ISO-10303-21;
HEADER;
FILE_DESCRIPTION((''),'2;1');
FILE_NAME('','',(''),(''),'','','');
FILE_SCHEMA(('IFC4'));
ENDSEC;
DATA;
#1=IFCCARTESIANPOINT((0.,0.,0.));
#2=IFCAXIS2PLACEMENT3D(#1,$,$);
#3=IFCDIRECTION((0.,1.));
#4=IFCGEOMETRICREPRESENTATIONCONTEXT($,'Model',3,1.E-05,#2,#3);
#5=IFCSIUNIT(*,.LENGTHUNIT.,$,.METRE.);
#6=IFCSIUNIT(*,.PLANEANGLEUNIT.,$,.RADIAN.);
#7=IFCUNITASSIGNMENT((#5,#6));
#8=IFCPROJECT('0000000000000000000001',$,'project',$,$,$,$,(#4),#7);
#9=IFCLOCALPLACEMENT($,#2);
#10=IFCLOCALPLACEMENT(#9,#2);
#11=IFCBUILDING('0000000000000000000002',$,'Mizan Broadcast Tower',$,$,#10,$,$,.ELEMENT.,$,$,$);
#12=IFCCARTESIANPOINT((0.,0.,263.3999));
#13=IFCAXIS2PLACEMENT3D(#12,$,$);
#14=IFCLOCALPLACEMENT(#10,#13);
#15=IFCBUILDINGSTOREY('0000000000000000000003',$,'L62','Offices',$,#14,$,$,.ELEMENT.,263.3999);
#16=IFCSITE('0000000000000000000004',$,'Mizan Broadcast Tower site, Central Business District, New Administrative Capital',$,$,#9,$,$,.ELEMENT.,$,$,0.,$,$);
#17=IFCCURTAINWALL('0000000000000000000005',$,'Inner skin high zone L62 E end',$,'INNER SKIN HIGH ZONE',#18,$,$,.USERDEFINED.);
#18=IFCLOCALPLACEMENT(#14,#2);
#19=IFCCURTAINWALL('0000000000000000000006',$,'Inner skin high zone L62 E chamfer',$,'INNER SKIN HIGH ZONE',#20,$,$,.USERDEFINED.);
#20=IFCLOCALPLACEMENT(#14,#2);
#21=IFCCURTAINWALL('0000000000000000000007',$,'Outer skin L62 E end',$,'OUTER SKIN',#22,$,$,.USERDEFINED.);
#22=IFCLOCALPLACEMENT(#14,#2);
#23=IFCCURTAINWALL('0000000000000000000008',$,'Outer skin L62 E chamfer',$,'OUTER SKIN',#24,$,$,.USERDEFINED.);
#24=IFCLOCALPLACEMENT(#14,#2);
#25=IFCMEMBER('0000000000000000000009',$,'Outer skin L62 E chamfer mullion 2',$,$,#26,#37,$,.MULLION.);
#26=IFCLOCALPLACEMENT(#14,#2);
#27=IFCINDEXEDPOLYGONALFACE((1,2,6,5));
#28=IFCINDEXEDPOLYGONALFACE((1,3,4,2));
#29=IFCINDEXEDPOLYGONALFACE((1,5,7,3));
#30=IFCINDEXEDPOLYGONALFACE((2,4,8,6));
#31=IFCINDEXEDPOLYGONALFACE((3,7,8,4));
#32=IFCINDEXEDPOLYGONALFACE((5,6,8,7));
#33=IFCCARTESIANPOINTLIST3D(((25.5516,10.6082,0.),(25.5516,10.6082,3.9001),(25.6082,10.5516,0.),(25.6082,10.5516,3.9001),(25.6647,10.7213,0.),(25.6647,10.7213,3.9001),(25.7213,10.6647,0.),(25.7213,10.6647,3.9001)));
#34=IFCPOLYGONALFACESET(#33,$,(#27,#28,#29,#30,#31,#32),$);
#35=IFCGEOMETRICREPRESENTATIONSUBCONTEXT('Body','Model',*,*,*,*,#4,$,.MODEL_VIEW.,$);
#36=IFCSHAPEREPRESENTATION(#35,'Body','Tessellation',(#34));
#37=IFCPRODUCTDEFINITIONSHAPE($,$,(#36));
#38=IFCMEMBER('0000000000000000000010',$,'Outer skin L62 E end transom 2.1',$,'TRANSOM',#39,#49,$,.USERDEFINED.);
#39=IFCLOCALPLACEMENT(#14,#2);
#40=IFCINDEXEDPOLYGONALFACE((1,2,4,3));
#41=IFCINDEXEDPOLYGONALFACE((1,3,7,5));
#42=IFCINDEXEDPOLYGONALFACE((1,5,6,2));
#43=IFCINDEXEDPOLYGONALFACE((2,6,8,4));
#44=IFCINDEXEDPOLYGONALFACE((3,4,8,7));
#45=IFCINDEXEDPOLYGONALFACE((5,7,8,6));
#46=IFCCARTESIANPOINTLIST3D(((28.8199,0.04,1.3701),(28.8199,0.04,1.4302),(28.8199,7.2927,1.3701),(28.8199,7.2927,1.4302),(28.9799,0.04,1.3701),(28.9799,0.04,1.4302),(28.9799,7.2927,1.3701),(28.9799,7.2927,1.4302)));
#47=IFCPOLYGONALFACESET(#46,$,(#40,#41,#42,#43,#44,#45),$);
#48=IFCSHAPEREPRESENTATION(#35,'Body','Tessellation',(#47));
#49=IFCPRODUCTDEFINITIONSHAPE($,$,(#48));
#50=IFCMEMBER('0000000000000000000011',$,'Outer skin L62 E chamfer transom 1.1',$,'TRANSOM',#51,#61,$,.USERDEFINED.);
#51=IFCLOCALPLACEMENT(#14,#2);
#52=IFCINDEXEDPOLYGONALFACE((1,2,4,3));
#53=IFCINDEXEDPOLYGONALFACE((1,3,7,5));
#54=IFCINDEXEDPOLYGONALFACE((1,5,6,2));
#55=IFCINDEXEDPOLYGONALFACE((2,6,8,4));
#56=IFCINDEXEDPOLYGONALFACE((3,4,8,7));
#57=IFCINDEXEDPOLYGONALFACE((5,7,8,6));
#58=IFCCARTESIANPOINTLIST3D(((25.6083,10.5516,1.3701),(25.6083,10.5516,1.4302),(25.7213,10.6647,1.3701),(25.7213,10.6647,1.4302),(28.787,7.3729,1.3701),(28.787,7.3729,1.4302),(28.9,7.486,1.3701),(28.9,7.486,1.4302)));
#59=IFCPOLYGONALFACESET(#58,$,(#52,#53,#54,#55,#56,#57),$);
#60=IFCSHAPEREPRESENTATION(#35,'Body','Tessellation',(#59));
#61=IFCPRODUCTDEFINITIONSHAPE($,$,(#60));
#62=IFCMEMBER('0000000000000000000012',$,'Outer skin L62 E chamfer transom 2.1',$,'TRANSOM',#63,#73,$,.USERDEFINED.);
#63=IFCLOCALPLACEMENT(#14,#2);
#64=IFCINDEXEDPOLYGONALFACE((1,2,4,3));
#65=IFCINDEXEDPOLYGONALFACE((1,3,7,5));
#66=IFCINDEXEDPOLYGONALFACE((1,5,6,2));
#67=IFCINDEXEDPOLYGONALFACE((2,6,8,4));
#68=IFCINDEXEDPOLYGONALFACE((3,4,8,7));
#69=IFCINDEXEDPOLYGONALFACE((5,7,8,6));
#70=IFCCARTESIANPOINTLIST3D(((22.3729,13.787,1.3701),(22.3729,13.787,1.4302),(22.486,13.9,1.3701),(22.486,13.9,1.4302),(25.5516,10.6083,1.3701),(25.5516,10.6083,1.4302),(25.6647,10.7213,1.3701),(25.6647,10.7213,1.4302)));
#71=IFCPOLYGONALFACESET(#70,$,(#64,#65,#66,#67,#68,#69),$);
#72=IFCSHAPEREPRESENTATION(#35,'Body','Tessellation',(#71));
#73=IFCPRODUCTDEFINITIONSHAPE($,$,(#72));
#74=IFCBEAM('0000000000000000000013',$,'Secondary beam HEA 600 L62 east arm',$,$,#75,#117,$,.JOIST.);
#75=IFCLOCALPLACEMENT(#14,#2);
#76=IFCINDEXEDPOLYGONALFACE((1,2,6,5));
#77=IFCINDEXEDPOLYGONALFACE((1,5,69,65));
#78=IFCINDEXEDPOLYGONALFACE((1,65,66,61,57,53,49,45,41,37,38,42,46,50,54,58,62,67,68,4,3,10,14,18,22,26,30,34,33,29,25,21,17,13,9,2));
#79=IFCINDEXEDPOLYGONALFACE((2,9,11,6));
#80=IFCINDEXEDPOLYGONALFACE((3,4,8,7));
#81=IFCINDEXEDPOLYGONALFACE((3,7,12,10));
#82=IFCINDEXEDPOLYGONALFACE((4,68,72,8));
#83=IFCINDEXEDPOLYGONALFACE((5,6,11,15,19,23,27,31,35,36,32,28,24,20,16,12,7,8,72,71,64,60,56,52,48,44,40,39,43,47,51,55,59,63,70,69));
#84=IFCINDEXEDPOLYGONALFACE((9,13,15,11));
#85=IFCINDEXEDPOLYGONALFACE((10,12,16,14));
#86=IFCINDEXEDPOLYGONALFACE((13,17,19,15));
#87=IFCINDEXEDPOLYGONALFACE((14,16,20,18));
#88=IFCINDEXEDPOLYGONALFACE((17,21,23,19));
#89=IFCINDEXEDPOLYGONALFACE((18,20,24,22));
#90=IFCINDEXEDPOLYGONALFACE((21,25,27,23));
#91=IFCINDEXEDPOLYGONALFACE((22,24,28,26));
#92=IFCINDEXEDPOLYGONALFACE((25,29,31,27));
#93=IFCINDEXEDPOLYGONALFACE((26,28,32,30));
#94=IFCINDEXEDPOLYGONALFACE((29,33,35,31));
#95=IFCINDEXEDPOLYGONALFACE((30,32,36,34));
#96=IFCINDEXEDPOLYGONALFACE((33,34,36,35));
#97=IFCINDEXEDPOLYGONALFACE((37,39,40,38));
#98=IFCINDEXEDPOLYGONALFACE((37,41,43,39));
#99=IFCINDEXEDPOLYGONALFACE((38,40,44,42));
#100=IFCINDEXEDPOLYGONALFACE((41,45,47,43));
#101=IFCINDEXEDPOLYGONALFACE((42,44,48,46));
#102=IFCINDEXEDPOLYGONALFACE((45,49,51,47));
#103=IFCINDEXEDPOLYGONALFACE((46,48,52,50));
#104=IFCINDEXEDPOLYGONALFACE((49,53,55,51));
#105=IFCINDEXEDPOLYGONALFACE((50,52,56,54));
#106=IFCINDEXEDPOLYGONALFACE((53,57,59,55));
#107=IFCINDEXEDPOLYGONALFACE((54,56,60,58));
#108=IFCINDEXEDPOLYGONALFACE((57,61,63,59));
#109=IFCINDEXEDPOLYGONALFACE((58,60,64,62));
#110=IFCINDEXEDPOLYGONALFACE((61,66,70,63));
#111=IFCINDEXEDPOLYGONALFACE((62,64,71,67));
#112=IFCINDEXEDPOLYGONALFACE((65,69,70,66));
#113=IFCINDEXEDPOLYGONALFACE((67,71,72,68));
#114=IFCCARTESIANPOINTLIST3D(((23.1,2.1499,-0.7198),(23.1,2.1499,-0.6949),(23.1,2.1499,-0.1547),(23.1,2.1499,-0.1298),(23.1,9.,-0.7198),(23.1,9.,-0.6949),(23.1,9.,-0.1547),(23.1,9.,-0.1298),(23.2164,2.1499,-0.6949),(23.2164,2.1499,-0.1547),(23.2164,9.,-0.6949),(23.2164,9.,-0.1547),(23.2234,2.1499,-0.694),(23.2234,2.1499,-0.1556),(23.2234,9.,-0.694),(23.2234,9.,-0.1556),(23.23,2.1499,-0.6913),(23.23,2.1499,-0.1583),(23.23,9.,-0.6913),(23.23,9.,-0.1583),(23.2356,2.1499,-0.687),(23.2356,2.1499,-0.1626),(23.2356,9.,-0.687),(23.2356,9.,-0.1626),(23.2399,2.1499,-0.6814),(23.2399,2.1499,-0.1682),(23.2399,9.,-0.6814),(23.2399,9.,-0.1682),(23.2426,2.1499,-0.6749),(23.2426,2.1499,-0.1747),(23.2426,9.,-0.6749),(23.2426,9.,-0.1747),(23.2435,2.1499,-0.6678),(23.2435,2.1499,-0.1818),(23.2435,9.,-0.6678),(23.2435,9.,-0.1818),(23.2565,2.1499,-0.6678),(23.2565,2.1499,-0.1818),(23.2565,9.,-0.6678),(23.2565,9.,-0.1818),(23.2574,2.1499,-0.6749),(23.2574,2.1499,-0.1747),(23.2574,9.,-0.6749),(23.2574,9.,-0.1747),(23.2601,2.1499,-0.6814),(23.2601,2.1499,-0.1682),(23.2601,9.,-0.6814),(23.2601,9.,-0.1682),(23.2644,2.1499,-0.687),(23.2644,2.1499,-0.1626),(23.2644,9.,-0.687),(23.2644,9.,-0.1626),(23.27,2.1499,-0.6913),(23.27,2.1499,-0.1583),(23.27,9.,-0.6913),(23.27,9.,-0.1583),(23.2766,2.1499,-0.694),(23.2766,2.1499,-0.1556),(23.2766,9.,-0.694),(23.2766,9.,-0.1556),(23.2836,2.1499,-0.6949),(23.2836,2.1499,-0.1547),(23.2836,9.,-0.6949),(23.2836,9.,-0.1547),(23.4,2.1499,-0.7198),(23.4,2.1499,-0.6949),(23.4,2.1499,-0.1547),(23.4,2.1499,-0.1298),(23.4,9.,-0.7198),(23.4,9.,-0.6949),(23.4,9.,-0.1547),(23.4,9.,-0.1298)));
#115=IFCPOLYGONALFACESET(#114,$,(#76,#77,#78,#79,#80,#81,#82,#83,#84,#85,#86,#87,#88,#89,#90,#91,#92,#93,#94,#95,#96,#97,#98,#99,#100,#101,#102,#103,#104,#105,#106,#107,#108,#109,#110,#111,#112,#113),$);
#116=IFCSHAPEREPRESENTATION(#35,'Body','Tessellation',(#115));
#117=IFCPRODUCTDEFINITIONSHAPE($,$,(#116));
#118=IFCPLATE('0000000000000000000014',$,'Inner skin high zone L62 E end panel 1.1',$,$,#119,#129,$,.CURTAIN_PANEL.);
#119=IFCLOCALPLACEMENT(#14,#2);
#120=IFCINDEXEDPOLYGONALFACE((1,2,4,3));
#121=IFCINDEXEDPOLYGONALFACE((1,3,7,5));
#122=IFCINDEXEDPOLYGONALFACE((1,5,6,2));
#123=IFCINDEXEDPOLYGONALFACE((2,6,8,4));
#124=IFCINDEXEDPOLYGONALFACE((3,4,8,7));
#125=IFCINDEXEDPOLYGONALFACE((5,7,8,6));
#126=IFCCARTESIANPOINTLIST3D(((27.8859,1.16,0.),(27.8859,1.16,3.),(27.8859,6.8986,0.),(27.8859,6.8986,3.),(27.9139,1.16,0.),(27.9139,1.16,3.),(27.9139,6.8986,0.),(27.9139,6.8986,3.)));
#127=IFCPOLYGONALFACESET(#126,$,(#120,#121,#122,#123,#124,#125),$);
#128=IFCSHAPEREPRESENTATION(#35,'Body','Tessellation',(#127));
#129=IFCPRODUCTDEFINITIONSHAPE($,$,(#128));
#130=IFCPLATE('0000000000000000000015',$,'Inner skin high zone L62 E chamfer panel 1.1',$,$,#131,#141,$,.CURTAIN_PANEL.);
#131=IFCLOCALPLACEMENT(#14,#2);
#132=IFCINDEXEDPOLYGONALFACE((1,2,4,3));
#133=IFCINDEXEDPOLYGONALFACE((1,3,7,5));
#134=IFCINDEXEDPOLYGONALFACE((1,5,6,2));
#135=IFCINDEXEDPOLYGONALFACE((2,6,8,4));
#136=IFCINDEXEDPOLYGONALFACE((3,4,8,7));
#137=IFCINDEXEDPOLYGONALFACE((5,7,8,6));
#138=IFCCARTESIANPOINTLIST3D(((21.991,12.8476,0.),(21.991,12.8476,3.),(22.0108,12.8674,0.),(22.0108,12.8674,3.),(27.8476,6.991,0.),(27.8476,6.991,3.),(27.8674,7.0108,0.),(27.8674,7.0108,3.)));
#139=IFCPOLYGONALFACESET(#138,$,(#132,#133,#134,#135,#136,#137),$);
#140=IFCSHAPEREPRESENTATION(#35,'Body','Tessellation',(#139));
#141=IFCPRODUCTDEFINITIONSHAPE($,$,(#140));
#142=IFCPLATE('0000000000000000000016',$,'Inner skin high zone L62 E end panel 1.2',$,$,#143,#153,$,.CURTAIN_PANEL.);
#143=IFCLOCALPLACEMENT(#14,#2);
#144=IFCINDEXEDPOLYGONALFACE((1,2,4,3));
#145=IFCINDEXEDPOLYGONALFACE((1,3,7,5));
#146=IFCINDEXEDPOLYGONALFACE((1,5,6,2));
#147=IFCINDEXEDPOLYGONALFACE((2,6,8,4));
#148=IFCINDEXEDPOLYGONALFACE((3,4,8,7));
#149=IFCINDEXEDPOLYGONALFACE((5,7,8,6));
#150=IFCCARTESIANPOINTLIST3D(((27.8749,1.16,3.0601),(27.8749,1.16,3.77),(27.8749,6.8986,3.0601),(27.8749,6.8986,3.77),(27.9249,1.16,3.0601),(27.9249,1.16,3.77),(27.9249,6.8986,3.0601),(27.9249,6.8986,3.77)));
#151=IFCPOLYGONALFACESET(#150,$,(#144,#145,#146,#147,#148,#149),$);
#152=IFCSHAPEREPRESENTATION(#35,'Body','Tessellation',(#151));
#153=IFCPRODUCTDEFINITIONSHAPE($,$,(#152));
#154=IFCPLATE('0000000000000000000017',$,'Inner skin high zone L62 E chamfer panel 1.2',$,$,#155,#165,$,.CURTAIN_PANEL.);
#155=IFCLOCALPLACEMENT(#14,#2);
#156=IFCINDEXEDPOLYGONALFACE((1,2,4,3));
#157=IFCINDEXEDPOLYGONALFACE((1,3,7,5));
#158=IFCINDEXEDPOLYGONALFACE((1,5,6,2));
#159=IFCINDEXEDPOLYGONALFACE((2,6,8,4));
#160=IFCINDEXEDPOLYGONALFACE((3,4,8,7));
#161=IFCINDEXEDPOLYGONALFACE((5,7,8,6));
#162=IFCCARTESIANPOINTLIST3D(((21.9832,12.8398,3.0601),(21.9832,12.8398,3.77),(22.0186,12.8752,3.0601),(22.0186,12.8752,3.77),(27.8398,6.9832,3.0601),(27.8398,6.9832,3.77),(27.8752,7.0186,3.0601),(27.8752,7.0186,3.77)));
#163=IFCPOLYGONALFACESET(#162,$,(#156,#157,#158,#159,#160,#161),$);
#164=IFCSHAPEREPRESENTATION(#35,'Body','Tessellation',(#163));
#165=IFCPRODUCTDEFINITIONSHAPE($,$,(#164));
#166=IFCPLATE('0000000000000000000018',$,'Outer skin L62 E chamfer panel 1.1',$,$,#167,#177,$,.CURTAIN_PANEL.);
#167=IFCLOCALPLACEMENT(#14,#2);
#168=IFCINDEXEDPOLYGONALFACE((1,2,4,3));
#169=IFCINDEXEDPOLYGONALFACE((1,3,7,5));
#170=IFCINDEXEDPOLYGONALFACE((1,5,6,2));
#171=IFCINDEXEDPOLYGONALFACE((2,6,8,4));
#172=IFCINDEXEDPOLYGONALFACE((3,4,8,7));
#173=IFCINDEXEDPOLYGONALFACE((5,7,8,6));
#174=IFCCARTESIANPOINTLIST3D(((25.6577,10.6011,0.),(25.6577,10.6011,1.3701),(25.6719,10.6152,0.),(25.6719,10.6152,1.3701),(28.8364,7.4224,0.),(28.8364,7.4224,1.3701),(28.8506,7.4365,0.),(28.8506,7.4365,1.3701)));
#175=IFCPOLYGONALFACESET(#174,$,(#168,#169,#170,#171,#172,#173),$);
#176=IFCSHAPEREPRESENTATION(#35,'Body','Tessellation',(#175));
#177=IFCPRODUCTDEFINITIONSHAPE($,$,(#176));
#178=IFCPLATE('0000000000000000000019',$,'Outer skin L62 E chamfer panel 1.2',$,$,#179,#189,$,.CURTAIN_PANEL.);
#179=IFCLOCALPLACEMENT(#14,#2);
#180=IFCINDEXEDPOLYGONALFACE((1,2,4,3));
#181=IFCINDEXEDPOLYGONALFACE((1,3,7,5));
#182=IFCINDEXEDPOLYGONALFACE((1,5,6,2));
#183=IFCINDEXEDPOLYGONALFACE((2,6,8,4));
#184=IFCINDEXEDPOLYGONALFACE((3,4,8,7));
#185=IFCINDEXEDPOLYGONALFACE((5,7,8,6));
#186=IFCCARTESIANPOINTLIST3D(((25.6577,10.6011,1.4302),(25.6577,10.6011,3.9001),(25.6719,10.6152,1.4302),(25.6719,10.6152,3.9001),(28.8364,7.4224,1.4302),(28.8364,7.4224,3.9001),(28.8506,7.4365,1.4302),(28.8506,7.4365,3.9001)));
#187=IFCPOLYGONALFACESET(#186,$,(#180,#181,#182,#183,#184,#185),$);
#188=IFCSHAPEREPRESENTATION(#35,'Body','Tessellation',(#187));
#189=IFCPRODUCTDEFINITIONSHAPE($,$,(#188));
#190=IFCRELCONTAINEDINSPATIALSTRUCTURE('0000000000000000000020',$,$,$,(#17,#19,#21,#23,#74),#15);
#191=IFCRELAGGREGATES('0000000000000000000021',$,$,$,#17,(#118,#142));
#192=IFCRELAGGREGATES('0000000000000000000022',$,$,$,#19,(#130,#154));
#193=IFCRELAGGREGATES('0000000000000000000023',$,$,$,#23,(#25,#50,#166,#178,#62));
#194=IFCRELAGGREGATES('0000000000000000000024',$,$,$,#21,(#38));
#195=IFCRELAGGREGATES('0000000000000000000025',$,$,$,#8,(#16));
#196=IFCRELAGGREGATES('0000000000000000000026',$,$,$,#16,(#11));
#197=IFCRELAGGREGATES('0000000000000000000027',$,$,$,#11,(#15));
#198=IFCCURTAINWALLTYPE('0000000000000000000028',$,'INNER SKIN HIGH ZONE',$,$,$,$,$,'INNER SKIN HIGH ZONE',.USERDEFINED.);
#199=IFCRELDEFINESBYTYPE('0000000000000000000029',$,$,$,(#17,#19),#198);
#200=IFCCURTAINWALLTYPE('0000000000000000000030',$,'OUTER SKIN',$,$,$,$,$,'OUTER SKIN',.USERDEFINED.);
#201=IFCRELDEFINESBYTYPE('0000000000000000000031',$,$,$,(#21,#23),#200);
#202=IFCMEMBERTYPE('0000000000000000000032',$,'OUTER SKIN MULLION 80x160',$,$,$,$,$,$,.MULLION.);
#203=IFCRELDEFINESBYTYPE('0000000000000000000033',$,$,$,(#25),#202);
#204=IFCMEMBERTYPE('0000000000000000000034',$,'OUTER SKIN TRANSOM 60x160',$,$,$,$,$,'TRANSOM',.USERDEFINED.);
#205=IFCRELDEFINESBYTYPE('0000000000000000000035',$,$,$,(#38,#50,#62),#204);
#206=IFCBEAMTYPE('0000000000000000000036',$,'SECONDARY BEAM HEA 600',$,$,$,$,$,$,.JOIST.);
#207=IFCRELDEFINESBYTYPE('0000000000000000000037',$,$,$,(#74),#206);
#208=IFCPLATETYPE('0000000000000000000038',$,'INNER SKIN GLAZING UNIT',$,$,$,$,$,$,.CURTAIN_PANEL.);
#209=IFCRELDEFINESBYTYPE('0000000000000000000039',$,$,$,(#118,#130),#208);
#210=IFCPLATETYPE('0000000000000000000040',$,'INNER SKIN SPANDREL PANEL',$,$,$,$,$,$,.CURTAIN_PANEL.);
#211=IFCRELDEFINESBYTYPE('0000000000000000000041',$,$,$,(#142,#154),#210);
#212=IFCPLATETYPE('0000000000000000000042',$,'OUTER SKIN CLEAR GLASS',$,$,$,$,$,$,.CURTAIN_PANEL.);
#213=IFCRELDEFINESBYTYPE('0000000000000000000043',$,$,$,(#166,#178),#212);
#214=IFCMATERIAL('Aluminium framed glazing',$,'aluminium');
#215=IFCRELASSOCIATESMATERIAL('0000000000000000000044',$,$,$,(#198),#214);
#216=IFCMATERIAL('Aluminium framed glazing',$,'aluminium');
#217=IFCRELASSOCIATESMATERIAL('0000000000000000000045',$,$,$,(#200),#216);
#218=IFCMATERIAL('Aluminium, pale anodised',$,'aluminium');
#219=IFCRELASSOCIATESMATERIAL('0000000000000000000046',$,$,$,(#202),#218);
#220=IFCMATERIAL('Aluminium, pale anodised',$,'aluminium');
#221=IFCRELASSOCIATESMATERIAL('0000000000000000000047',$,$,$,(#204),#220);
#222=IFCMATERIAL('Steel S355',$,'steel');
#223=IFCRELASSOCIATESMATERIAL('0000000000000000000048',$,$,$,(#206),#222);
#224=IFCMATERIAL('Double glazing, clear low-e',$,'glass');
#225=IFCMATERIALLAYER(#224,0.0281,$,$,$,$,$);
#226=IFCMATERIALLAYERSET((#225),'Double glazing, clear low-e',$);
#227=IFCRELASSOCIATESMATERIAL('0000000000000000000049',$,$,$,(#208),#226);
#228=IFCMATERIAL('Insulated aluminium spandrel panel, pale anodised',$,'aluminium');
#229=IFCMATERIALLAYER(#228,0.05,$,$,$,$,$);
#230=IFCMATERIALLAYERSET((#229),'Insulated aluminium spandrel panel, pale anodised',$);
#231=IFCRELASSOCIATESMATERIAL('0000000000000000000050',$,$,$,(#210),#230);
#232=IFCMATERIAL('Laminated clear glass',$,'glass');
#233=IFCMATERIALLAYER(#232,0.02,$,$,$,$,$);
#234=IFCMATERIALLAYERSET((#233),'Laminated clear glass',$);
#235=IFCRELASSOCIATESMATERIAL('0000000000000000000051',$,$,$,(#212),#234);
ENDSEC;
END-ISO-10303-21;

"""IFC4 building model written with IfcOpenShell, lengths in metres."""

from ifc_helpers import new_model, si_unit, direction, frame, origin, origin_2d, place, context, subcontext, project, spatial, rectangle, i_section, extrude, material, layer, layer_set, material_profile, profile_set, type_object, element, aggregate, save


model = new_model("IFC4")

# Units and contexts
model_context = context("Model", 3, precision=1e-05, world=origin(), true_north=direction((0.0, 1.0)))
body_context = subcontext(model_context, "Body", "Model", "MODEL_VIEW")
ifc_project = project(units=[si_unit("LENGTHUNIT", "METRE"), si_unit("PLANEANGLEUNIT", "RADIAN")], contexts=[model_context])

# Site, building, storey
site_placement = place(None, origin())
site = spatial("IfcSite", under=ifc_project, at=site_placement, Name="Mizan Broadcast Tower site, Central Business District, New Administrative Capital", CompositionType="ELEMENT", RefElevation=0.0)
building_placement = place(site_placement, origin())
building = spatial("IfcBuilding", under=site, at=building_placement, Name="Mizan Broadcast Tower", CompositionType="ELEMENT")
storey_placement = place(building_placement, frame((0.0, 0.0, 263.3999)))
storey = spatial("IfcBuildingStorey", under=building, at=storey_placement, Name="L62", Description="Offices", CompositionType="ELEMENT", Elevation=263.3999)

# Curtain wall
ifc_material_1 = material(Name="Aluminium framed glazing", Category="aluminium")
curtain_wall_type_1 = type_object("IfcCurtainWallType", Name="INNER SKIN HIGH ZONE", ElementType="INNER SKIN HIGH ZONE", PredefinedType="USERDEFINED", material=ifc_material_1)
curtain_wall_1_placement = place(storey_placement, origin())
curtain_wall_1 = element("IfcCurtainWall", 1, at=curtain_wall_1_placement, inside=storey, type_object=curtain_wall_type_1, Name="Inner skin high zone L62 E end", ObjectType="INNER SKIN HIGH ZONE", PredefinedType="USERDEFINED")

# Curtain wall
curtain_wall_2_placement = place(storey_placement, origin())
curtain_wall_2 = element("IfcCurtainWall", 2, at=curtain_wall_2_placement, inside=storey, type_object=curtain_wall_type_1, Name="Inner skin high zone L62 E chamfer", ObjectType="INNER SKIN HIGH ZONE", PredefinedType="USERDEFINED")

# Curtain wall
ifc_material_2 = material(Name="Aluminium framed glazing", Category="aluminium")
curtain_wall_type_2 = type_object("IfcCurtainWallType", Name="OUTER SKIN", ElementType="OUTER SKIN", PredefinedType="USERDEFINED", material=ifc_material_2)
curtain_wall_3_placement = place(storey_placement, origin())
curtain_wall_3 = element("IfcCurtainWall", 3, at=curtain_wall_3_placement, inside=storey, type_object=curtain_wall_type_2, Name="Outer skin L62 E end", ObjectType="OUTER SKIN", PredefinedType="USERDEFINED")
ifc_material_3 = material(Name="Aluminium, pale anodised", Category="aluminium")
ifc_material_profile_1 = material_profile(ifc_material_3, rectangle(XDim=0.1599, YDim=0.0801, at=origin_2d()), Name="MULLION 160x80")
ifc_profile_set_1 = profile_set([ifc_material_profile_1], Name="Aluminium, pale anodised")
member_type_1 = type_object("IfcMemberType", Name="OUTER SKIN MULLION 80x160", PredefinedType="MULLION", material=ifc_profile_set_1)

# Curtain wall, member
curtain_wall_4_placement = place(storey_placement, origin())
curtain_wall_4 = element("IfcCurtainWall", 4, at=curtain_wall_4_placement, inside=storey, type_object=curtain_wall_type_2, Name="Outer skin L62 E chamfer", ObjectType="OUTER SKIN", PredefinedType="USERDEFINED")
member_1_placement = place(storey_placement, frame((25.6365, 10.6365, 0.0), z_axis=(0.0, 0.0, 1.0), x_axis=(-0.707107, -0.707107, 0.0)))
member_1 = element("IfcMember", 5, at=member_1_placement, type_object=member_type_1, Name="Outer skin L62 E chamfer mullion 2", PredefinedType="MULLION", context=body_context, shape_type="SweptSolid", body=[
    extrude(rectangle(XDim=0.1599, YDim=0.0801, at=origin_2d()), origin(), (0.0, 0.0, 1.0), 3.9001),
])

# Members
ifc_material_4 = material(Name="Aluminium, pale anodised", Category="aluminium")
ifc_material_profile_2 = material_profile(ifc_material_4, rectangle(XDim=0.1599, YDim=0.0601, at=origin_2d()), Name="TRANSOM 160x60")
ifc_profile_set_2 = profile_set([ifc_material_profile_2], Name="Aluminium, pale anodised")
member_type_2 = type_object("IfcMemberType", Name="OUTER SKIN TRANSOM 60x160", ElementType="TRANSOM", PredefinedType="USERDEFINED", material=ifc_profile_set_2)
member_2_placement = place(storey_placement, frame((28.8999, 0.04, 1.4001), z_axis=(0.0, 1.0, 0.0), x_axis=(-1.0, 0.0, 0.0)))
member_2 = element("IfcMember", 6, at=member_2_placement, type_object=member_type_2, Name="Outer skin L62 E end transom 2.1", ObjectType="TRANSOM", PredefinedType="USERDEFINED", context=body_context, shape_type="SweptSolid", body=[
    extrude(rectangle(XDim=0.1599, YDim=0.0601, at=origin_2d()), origin(), (0.0, 0.0, 1.0), 7.2527),
])
member_3_placement = place(storey_placement, frame((28.8435, 7.4294, 1.4001), z_axis=(-0.707107, 0.707107, 0.0), x_axis=(-0.707107, -0.707107, 0.0)))
member_3 = element("IfcMember", 7, at=member_3_placement, type_object=member_type_2, Name="Outer skin L62 E chamfer transom 1.1", ObjectType="TRANSOM", PredefinedType="USERDEFINED", context=body_context, shape_type="SweptSolid", body=[
    extrude(rectangle(XDim=0.1599, YDim=0.0601, at=origin_2d()), origin(), (0.0, 0.0, 1.0), 4.4954),
])
member_4_placement = place(storey_placement, frame((25.6082, 10.6648, 1.4001), z_axis=(-0.707107, 0.707107, 0.0), x_axis=(-0.707107, -0.707107, 0.0)))
member_4 = element("IfcMember", 8, at=member_4_placement, type_object=member_type_2, Name="Outer skin L62 E chamfer transom 2.1", ObjectType="TRANSOM", PredefinedType="USERDEFINED", context=body_context, shape_type="SweptSolid", body=[
    extrude(rectangle(XDim=0.1599, YDim=0.0601, at=origin_2d()), origin(), (0.0, 0.0, 1.0), 4.4954),
])

# Beam
ifc_material_5 = material(Name="Steel S355", Category="steel")
ifc_material_profile_3 = material_profile(ifc_material_5, i_section(OverallWidth=0.3, OverallDepth=0.5901, WebThickness=0.0129, FlangeThickness=0.0249, FilletRadius=0.0271, at=origin_2d()), Name="HEA 600")
ifc_profile_set_3 = profile_set([ifc_material_profile_3], Name="Steel S355")
beam_type_1 = type_object("IfcBeamType", Name="SECONDARY BEAM HEA 600", PredefinedType="JOIST", material=ifc_profile_set_3)
beam_1_placement = place(storey_placement, frame((23.25, 9.0, -0.4248), z_axis=(0.0, -1.0, 0.0), x_axis=(1.0, 0.0, 0.0)))
element("IfcBeam", 9, at=beam_1_placement, inside=storey, type_object=beam_type_1, Name="Secondary beam HEA 600 L62 east arm", PredefinedType="JOIST", context=body_context, shape_type="SweptSolid", body=[
    extrude(i_section(OverallWidth=0.3, OverallDepth=0.5901, WebThickness=0.0129, FlangeThickness=0.0249, FilletRadius=0.0271, at=origin_2d()), origin(), (0.0, 0.0, 1.0), 6.8501),
])

# Plates
ifc_material_6 = material(Name="Double glazing, clear low-e", Category="glass")
ifc_layer_1 = layer(ifc_material_6, 0.0281)
ifc_layer_set_1 = layer_set([ifc_layer_1], Name="Double glazing, clear low-e")
plate_type_1 = type_object("IfcPlateType", Name="INNER SKIN GLAZING UNIT", PredefinedType="CURTAIN_PANEL", material=ifc_layer_set_1)
plate_1_placement = place(storey_placement, frame((27.8999, 4.0293, 0.0), z_axis=(0.0, 0.0, 1.0), x_axis=(0.0, 1.0, 0.0)))
plate_1 = element("IfcPlate", 10, at=plate_1_placement, type_object=plate_type_1, Name="Inner skin high zone L62 E end panel 1.1", PredefinedType="CURTAIN_PANEL", context=body_context, shape_type="SweptSolid", body=[
    extrude(rectangle(XDim=5.7385, YDim=0.0281, at=origin_2d()), origin(), (0.0, 0.0, 1.0), 3.0),
])
plate_2_placement = place(storey_placement, frame((24.9292, 9.9292, 0.0), z_axis=(0.0, 0.0, 1.0), x_axis=(-0.707107, 0.707107, 0.0)))
plate_2 = element("IfcPlate", 11, at=plate_2_placement, type_object=plate_type_1, Name="Inner skin high zone L62 E chamfer panel 1.1", PredefinedType="CURTAIN_PANEL", context=body_context, shape_type="SweptSolid", body=[
    extrude(rectangle(XDim=8.2825, YDim=0.0281, at=origin_2d()), origin(), (0.0, 0.0, 1.0), 3.0),
])
ifc_material_7 = material(Name="Insulated aluminium spandrel panel, pale anodised", Category="aluminium")
ifc_layer_2 = layer(ifc_material_7, 0.05)
ifc_layer_set_2 = layer_set([ifc_layer_2], Name="Insulated aluminium spandrel panel, pale anodised")
plate_type_2 = type_object("IfcPlateType", Name="INNER SKIN SPANDREL PANEL", PredefinedType="CURTAIN_PANEL", material=ifc_layer_set_2)
plate_3_placement = place(storey_placement, frame((27.8999, 4.0293, 3.0601), z_axis=(0.0, 0.0, 1.0), x_axis=(0.0, 1.0, 0.0)))
plate_3 = element("IfcPlate", 12, at=plate_3_placement, type_object=plate_type_2, Name="Inner skin high zone L62 E end panel 1.2", PredefinedType="CURTAIN_PANEL", context=body_context, shape_type="SweptSolid", body=[
    extrude(rectangle(XDim=5.7385, YDim=0.05, at=origin_2d()), origin(), (0.0, 0.0, 1.0), 0.71),
])
aggregate(curtain_wall_1, [plate_1, plate_3])
plate_4_placement = place(storey_placement, frame((24.9292, 9.9292, 3.0601), z_axis=(0.0, 0.0, 1.0), x_axis=(-0.707107, 0.707107, 0.0)))
plate_4 = element("IfcPlate", 13, at=plate_4_placement, type_object=plate_type_2, Name="Inner skin high zone L62 E chamfer panel 1.2", PredefinedType="CURTAIN_PANEL", context=body_context, shape_type="SweptSolid", body=[
    extrude(rectangle(XDim=8.2825, YDim=0.05, at=origin_2d()), origin(), (0.0, 0.0, 1.0), 0.71),
])
aggregate(curtain_wall_2, [plate_2, plate_4])
ifc_material_8 = material(Name="Laminated clear glass", Category="glass")
ifc_layer_3 = layer(ifc_material_8, 0.02)
ifc_layer_set_3 = layer_set([ifc_layer_3], Name="Laminated clear glass")
plate_type_3 = type_object("IfcPlateType", Name="OUTER SKIN CLEAR GLASS", PredefinedType="CURTAIN_PANEL", material=ifc_layer_set_3)
plate_5_placement = place(storey_placement, frame((27.2542, 9.0188, 0.0), z_axis=(0.0, 0.0, 1.0), x_axis=(-0.707107, 0.707107, 0.0)))
plate_5 = element("IfcPlate", 14, at=plate_5_placement, type_object=plate_type_3, Name="Outer skin L62 E chamfer panel 1.1", PredefinedType="CURTAIN_PANEL", context=body_context, shape_type="SweptSolid", body=[
    extrude(rectangle(XDim=4.4954, YDim=0.02, at=origin_2d()), origin(), (0.0, 0.0, 1.0), 1.3701),
])
plate_6_placement = place(storey_placement, frame((27.2542, 9.0188, 1.4302), z_axis=(0.0, 0.0, 1.0), x_axis=(-0.707107, 0.707107, 0.0)))
plate_6 = element("IfcPlate", 15, at=plate_6_placement, type_object=plate_type_3, Name="Outer skin L62 E chamfer panel 1.2", PredefinedType="CURTAIN_PANEL", context=body_context, shape_type="SweptSolid", body=[
    extrude(rectangle(XDim=4.4954, YDim=0.02, at=origin_2d()), origin(), (0.0, 0.0, 1.0), 2.47),
])
aggregate(curtain_wall_4, [member_1, member_3, plate_5, plate_6, member_4])
aggregate(curtain_wall_3, [member_2])

save(model, "model.ifc")
